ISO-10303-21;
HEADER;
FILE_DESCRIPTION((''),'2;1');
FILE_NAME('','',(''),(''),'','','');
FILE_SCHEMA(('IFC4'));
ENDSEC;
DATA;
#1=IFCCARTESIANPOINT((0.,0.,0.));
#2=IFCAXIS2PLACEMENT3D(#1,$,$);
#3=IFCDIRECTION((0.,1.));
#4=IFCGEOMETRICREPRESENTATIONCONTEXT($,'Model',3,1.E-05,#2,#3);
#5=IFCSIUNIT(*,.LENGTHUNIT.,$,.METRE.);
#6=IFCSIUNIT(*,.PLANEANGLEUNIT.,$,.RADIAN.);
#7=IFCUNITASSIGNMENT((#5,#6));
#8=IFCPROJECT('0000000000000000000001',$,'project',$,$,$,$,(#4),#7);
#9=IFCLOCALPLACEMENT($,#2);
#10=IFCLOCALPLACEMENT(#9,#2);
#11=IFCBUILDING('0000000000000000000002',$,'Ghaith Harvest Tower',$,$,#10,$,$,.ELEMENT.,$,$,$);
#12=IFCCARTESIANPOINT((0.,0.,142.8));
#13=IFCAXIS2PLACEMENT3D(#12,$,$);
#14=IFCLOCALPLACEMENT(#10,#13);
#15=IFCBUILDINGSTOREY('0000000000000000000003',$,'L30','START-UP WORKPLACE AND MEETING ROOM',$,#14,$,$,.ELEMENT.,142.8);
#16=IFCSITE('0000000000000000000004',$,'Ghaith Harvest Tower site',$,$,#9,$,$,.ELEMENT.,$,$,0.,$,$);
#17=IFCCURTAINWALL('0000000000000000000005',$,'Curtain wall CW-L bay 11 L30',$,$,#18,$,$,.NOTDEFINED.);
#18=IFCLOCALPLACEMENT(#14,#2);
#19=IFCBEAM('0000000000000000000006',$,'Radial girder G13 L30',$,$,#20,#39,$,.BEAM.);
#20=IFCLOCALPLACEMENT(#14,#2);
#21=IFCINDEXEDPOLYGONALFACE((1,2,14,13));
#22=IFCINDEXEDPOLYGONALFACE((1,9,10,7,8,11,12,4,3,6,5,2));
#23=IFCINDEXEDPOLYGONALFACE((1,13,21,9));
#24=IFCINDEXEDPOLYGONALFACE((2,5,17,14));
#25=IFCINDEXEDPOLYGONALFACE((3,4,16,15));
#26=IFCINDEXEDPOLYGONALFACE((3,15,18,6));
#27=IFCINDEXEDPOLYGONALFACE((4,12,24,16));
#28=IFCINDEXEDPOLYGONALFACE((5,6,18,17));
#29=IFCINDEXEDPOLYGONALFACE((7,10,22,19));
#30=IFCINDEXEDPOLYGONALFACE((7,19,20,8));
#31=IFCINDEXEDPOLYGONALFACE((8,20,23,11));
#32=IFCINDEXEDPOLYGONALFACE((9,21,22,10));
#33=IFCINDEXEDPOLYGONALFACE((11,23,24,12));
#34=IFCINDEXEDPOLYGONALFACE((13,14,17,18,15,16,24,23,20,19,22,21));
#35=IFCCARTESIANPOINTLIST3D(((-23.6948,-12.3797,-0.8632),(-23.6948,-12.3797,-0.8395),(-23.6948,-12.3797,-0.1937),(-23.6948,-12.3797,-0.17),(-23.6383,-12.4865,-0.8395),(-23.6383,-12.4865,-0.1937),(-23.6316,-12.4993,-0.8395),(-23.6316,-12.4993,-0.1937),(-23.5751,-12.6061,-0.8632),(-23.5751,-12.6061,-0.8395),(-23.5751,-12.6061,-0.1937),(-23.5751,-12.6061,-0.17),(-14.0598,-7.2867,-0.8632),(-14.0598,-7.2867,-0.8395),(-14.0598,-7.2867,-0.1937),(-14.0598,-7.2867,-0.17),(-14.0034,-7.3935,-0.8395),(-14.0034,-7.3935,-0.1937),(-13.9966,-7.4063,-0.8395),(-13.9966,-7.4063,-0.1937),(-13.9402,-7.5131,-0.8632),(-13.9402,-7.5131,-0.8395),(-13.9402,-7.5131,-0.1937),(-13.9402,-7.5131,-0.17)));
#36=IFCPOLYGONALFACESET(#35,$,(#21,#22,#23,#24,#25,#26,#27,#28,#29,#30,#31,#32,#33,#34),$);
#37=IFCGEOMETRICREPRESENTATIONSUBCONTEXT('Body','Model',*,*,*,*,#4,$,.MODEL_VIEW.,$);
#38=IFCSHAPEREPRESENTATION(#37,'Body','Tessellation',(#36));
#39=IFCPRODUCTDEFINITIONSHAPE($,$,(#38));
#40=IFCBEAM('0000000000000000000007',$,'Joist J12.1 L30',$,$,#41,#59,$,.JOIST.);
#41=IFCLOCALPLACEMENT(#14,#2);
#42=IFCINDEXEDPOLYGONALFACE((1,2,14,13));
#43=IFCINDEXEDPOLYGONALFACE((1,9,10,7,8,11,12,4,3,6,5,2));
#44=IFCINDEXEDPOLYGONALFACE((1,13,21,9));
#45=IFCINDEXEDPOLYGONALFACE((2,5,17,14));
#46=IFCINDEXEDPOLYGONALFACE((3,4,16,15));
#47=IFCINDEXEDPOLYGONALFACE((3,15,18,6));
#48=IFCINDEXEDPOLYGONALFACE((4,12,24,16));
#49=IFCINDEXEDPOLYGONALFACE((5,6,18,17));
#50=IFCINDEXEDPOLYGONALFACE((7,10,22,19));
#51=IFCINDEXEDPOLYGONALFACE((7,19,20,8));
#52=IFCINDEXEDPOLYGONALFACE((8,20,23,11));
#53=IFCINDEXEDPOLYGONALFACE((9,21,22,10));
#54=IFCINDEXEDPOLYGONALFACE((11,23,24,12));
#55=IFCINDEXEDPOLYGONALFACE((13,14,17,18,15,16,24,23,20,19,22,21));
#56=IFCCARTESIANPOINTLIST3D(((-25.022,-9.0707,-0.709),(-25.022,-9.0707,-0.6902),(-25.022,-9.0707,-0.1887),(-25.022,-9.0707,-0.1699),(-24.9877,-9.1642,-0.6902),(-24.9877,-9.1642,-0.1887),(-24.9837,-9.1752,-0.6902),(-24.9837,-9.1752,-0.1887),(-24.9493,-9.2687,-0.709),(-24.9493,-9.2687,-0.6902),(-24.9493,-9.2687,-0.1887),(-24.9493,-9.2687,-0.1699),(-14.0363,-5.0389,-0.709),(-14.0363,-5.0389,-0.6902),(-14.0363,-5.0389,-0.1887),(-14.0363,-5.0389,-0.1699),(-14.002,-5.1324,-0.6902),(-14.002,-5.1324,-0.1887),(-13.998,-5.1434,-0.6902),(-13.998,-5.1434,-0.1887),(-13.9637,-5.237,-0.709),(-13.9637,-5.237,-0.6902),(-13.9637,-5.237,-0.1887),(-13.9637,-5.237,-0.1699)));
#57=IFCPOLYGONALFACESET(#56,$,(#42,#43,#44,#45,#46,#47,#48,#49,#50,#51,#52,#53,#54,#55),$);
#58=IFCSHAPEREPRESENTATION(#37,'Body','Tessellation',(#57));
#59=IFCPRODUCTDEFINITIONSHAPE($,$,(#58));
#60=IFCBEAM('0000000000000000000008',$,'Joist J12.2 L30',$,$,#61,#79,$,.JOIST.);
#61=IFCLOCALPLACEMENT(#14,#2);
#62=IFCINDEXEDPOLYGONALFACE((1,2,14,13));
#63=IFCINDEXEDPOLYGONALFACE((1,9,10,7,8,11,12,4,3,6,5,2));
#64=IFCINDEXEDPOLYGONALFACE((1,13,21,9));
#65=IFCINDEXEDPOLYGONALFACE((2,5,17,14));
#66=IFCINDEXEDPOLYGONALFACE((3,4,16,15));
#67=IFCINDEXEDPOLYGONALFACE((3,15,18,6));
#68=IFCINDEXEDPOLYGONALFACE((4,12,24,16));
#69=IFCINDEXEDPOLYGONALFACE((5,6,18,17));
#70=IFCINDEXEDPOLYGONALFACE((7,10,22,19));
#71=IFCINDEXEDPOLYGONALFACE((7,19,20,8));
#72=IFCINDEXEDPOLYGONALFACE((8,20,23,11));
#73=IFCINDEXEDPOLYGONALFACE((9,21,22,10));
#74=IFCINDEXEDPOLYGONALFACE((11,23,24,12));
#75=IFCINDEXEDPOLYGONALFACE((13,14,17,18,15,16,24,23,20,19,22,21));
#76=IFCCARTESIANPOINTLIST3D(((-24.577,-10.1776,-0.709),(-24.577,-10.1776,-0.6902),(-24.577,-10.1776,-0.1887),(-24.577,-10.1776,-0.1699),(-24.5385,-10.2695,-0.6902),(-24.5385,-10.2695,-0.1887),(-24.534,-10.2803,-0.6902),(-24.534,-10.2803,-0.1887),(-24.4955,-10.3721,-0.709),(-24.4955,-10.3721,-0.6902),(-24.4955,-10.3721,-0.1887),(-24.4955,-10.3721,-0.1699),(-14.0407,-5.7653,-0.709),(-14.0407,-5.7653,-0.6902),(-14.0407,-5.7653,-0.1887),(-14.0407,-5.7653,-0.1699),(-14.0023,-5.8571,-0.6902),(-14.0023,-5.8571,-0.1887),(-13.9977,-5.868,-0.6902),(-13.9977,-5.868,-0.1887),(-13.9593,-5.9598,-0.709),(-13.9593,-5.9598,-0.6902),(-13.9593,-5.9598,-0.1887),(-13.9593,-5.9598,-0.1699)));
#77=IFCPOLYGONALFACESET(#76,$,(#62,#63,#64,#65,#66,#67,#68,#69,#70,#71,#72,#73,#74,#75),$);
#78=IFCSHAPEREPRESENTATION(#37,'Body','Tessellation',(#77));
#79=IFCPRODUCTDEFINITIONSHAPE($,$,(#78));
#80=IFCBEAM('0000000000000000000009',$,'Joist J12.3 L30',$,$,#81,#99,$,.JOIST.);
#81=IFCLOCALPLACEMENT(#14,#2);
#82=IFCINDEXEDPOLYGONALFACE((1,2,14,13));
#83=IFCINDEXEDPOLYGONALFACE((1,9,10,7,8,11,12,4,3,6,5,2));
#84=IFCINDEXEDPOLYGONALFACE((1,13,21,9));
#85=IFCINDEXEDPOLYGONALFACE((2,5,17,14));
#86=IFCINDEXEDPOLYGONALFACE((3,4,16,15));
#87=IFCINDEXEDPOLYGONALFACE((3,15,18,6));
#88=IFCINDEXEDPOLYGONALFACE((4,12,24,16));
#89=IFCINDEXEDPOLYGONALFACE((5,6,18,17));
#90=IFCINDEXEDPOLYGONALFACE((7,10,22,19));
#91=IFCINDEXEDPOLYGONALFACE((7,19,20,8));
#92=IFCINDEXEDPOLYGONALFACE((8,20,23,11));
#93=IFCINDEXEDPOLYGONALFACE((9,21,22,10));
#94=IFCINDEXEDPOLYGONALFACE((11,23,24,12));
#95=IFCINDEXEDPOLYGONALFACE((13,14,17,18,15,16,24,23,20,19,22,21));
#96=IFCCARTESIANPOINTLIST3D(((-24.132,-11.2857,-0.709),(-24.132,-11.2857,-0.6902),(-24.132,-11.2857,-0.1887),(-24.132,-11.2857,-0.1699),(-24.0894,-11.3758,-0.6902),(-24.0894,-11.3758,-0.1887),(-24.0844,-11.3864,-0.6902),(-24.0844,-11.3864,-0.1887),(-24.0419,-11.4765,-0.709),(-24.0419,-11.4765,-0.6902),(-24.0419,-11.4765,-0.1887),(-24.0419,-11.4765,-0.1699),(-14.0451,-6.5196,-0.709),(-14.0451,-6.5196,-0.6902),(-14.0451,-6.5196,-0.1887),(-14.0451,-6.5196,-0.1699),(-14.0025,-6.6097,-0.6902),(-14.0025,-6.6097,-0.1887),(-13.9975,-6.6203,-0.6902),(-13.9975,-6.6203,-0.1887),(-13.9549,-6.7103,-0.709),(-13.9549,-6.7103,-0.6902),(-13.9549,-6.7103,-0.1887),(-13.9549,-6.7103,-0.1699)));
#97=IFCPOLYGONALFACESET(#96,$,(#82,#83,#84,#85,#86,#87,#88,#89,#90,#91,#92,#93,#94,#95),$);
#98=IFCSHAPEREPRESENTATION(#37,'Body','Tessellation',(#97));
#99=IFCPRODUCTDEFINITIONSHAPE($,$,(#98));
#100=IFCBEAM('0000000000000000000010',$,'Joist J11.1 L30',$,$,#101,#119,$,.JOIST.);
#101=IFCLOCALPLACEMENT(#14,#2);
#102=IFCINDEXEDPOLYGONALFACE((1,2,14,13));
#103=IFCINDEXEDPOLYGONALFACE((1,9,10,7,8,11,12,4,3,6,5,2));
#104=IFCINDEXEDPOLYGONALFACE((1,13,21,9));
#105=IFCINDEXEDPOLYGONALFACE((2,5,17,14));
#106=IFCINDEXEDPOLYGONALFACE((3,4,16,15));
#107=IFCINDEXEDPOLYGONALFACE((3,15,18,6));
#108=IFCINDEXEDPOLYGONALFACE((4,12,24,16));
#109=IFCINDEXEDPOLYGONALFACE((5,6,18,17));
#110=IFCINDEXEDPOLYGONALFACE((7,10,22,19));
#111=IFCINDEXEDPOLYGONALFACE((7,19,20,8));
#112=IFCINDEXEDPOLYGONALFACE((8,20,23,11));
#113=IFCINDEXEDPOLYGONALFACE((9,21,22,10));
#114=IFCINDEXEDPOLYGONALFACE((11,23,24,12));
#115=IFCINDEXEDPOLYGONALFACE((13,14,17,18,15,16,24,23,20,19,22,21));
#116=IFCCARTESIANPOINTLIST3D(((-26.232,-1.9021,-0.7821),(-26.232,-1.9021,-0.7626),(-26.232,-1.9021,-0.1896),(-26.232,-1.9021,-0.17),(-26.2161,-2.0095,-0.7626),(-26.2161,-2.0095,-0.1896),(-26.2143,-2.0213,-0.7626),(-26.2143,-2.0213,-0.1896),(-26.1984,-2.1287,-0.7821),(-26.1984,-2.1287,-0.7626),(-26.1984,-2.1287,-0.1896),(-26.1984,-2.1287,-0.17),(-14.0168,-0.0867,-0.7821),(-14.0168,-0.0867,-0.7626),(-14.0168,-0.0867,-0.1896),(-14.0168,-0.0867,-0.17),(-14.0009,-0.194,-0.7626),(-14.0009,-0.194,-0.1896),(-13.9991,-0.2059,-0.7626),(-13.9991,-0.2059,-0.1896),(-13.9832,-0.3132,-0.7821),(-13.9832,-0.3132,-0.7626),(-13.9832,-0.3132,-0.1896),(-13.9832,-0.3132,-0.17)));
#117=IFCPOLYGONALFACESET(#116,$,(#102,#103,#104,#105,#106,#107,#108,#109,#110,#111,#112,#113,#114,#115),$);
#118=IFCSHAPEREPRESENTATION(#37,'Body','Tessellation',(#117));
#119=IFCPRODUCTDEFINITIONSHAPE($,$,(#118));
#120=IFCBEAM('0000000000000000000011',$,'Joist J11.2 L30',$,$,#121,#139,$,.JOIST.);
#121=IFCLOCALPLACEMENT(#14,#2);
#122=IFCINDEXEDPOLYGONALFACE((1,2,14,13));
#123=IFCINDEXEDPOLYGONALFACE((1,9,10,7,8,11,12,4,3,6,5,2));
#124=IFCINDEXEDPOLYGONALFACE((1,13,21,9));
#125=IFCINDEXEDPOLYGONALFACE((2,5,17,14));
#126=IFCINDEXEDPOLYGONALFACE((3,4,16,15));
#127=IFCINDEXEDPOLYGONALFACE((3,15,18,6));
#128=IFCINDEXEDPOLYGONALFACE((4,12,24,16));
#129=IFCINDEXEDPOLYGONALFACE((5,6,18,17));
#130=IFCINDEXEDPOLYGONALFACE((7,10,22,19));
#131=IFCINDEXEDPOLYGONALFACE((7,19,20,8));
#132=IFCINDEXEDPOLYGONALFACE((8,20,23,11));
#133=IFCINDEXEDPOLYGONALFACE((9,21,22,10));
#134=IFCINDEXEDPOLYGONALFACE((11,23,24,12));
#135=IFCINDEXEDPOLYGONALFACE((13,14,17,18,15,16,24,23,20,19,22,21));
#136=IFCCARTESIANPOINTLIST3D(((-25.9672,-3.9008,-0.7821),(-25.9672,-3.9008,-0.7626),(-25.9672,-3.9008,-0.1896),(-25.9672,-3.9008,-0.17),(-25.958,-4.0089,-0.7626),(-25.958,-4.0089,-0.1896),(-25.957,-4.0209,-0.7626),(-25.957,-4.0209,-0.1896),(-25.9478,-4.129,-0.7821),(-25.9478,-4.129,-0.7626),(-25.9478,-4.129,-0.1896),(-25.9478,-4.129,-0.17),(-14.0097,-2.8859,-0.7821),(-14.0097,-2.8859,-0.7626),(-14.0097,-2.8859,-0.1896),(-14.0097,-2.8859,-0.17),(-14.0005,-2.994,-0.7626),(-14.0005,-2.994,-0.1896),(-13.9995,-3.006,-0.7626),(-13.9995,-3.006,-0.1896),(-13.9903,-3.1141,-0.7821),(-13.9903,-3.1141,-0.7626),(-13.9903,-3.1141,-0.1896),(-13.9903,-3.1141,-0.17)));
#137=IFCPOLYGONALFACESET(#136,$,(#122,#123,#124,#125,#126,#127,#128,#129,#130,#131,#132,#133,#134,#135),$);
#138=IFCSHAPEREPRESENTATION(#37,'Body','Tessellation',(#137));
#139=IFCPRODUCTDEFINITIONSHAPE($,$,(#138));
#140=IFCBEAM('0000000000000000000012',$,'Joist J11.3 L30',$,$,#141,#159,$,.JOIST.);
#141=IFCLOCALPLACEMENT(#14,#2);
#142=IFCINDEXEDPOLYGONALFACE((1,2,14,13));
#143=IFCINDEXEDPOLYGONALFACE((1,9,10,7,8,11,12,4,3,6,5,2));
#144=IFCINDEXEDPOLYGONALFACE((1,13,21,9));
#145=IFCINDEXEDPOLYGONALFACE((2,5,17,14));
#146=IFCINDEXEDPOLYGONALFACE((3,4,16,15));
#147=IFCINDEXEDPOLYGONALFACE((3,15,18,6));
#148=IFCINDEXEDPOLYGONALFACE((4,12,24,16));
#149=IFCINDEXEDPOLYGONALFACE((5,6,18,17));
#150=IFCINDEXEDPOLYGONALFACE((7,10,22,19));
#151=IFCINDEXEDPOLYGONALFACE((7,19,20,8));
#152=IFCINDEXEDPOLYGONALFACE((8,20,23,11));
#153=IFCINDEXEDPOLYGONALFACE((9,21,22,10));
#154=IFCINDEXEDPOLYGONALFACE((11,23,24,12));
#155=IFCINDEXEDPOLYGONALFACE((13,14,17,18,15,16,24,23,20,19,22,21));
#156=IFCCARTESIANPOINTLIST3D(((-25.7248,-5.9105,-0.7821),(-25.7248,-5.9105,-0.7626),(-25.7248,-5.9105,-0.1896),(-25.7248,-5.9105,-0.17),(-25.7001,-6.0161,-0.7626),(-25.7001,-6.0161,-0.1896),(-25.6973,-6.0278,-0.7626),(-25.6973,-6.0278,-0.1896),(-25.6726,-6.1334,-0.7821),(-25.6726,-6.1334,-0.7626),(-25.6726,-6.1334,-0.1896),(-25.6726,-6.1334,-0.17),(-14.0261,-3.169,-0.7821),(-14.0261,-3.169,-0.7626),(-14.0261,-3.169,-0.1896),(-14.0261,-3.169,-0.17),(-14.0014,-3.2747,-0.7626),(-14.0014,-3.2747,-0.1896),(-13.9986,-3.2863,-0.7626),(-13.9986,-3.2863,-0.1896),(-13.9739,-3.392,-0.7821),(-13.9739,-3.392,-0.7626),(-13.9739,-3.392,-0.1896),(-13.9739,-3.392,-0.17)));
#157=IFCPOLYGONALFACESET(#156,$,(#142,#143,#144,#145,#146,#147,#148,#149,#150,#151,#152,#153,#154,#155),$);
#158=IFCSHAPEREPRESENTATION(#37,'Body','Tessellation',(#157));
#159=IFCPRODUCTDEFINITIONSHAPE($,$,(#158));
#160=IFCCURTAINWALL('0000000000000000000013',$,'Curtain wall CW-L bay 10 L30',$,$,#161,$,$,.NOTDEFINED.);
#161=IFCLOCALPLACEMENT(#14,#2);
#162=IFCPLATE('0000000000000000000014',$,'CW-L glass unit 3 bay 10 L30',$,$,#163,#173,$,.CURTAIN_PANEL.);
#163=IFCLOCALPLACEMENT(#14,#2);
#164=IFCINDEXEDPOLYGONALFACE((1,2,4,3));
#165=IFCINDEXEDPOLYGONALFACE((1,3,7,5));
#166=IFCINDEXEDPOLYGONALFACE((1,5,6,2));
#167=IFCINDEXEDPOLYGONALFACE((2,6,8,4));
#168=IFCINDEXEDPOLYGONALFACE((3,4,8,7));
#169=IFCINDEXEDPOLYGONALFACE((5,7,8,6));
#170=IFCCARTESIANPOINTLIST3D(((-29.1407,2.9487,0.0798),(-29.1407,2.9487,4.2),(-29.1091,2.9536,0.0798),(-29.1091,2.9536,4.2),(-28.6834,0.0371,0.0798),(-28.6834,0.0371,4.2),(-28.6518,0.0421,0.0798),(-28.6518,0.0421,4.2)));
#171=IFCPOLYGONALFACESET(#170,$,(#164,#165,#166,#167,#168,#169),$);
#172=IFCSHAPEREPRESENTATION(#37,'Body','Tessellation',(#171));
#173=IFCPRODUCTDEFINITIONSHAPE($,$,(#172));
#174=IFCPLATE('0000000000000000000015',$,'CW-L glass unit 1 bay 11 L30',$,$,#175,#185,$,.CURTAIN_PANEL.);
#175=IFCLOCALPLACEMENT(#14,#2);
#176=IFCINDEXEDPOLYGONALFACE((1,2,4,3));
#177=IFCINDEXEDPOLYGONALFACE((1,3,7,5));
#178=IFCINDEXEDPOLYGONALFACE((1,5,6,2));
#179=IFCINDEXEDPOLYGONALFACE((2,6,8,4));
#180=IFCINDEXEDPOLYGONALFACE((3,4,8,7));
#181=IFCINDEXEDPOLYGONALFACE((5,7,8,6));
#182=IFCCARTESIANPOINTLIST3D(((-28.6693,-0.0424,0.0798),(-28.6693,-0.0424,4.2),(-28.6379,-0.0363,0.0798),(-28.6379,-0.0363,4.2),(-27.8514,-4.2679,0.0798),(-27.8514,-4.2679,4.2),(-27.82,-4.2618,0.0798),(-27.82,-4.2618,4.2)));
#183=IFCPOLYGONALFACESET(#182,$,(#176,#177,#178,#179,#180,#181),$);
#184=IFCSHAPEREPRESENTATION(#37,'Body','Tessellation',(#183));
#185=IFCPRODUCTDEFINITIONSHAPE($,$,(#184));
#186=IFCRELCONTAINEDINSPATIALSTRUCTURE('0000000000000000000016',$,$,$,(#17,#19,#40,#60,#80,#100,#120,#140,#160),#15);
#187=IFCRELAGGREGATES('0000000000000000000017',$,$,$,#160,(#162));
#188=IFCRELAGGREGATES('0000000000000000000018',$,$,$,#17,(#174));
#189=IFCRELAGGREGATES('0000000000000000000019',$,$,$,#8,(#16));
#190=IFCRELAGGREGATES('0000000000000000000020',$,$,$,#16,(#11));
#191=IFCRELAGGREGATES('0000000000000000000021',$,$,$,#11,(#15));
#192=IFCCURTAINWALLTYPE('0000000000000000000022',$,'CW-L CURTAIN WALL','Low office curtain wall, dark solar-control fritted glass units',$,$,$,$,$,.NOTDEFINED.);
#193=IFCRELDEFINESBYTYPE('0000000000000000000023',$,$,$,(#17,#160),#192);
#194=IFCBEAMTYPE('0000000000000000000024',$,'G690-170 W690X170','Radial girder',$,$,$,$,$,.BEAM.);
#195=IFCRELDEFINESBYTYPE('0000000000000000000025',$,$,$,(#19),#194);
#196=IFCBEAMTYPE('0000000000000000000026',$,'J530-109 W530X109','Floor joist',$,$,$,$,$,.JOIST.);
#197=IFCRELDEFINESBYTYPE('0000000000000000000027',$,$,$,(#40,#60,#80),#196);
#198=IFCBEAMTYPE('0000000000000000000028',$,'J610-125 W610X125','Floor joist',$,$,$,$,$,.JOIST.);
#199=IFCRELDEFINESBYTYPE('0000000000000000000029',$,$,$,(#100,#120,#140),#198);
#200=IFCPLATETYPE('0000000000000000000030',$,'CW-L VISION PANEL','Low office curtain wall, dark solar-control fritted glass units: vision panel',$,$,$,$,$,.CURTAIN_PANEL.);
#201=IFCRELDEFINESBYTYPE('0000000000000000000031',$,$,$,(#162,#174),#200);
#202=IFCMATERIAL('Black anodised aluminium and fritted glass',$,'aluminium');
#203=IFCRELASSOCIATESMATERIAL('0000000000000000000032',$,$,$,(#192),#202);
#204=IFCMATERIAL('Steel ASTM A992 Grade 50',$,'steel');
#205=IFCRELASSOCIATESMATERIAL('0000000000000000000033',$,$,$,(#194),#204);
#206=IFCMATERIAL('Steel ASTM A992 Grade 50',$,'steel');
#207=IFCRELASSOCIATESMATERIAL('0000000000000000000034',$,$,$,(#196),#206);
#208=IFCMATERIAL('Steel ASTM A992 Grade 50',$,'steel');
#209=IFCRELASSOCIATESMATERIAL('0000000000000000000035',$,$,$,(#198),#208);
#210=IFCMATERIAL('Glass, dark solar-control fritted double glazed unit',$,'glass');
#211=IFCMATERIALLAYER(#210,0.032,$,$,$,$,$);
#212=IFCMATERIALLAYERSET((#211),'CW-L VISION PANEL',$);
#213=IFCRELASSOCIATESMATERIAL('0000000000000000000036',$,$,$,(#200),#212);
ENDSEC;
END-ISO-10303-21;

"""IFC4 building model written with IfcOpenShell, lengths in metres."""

from ifc_helpers import new_model, si_unit, direction, frame, origin, origin_2d, place, context, subcontext, project, spatial, rectangle, i_section, extrude, material, layer, layer_set, material_profile, profile_set, type_object, element, aggregate, save


model = new_model("IFC4")

# Units and contexts
model_context = context("Model", 3, precision=1e-05, world=origin(), true_north=direction((0.0, 1.0)))
body_context = subcontext(model_context, "Body", "Model", "MODEL_VIEW")
ifc_project = project(units=[si_unit("LENGTHUNIT", "METRE"), si_unit("PLANEANGLEUNIT", "RADIAN")], contexts=[model_context])

# Site, building, storey
site_placement = place(None, origin())
site = spatial("IfcSite", under=ifc_project, at=site_placement, Name="Ghaith Harvest Tower site", CompositionType="ELEMENT", RefElevation=0.0)
building_placement = place(site_placement, origin())
building = spatial("IfcBuilding", under=site, at=building_placement, Name="Ghaith Harvest Tower", CompositionType="ELEMENT")
storey_placement = place(building_placement, frame((0.0, 0.0, 142.8)))
storey = spatial("IfcBuildingStorey", under=building, at=storey_placement, Name="L30", Description="START-UP WORKPLACE AND MEETING ROOM", CompositionType="ELEMENT", Elevation=142.8)

# Curtain wall
ifc_material_1 = material(Name="Black anodised aluminium and fritted glass", Category="aluminium")
curtain_wall_type = type_object("IfcCurtainWallType", Name="CW-L CURTAIN WALL", Description="Low office curtain wall, dark solar-control fritted glass units", PredefinedType="NOTDEFINED", material=ifc_material_1)
curtain_wall_1_placement = place(storey_placement, origin())
curtain_wall_1 = element("IfcCurtainWall", 1, at=curtain_wall_1_placement, inside=storey, type_object=curtain_wall_type, Name="Curtain wall CW-L bay 11 L30", PredefinedType="NOTDEFINED")

# Beams
ifc_material_2 = material(Name="Steel ASTM A992 Grade 50", Category="steel")
ifc_material_profile_1 = material_profile(ifc_material_2, i_section(OverallWidth=0.2561, OverallDepth=0.6931, WebThickness=0.0144, FlangeThickness=0.0237, at=origin_2d()), Name="W690X170")
ifc_profile_set_1 = profile_set([ifc_material_profile_1], Name="Steel ASTM A992 Grade 50")
beam_type_1 = type_object("IfcBeamType", Name="G690-170 W690X170", Description="Radial girder", PredefinedType="BEAM", material=ifc_profile_set_1)
beam_1_placement = place(storey_placement, frame((-14.0, -7.3999, -0.5166), z_axis=(-0.884086, -0.467324, 0.0), x_axis=(0.467324, -0.884086, 0.0)))
element("IfcBeam", 2, at=beam_1_placement, inside=storey, type_object=beam_type_1, Name="Radial girder G13 L30", PredefinedType="BEAM", context=body_context, shape_type="SweptSolid", body=[
    extrude(i_section(OverallWidth=0.2561, OverallDepth=0.6931, WebThickness=0.0144, FlangeThickness=0.0237, at=origin_2d()), origin(), (0.0, 0.0, 1.0), 10.8982),
])
ifc_material_3 = material(Name="Steel ASTM A992 Grade 50", Category="steel")
ifc_material_profile_2 = material_profile(ifc_material_3, i_section(OverallWidth=0.2109, OverallDepth=0.5391, WebThickness=0.0117, FlangeThickness=0.0188, at=origin_2d()), Name="W530X109")
ifc_profile_set_2 = profile_set([ifc_material_profile_2], Name="Steel ASTM A992 Grade 50")
beam_type_2 = type_object("IfcBeamType", Name="J530-109 W530X109", Description="Floor joist", PredefinedType="JOIST", material=ifc_profile_set_2)
beam_2_placement = place(storey_placement, frame((-14.0, -5.1379, -0.4395), z_axis=(-0.938774, -0.344532, 0.0), x_axis=(0.344532, -0.938774, 0.0)))
element("IfcBeam", 3, at=beam_2_placement, inside=storey, type_object=beam_type_2, Name="Joist J12.1 L30", PredefinedType="JOIST", context=body_context, shape_type="SweptSolid", body=[
    extrude(i_section(OverallWidth=0.2109, OverallDepth=0.5391, WebThickness=0.0117, FlangeThickness=0.0188, at=origin_2d()), origin(), (0.0, 0.0, 1.0), 11.7021),
])
beam_3_placement = place(storey_placement, frame((-14.0, -5.8625, -0.4395), z_axis=(-0.922386, -0.38627, 0.0), x_axis=(0.38627, -0.922386, 0.0)))
element("IfcBeam", 4, at=beam_3_placement, inside=storey, type_object=beam_type_2, Name="Joist J12.2 L30", PredefinedType="JOIST", context=body_context, shape_type="SweptSolid", body=[
    extrude(i_section(OverallWidth=0.2109, OverallDepth=0.5391, WebThickness=0.0117, FlangeThickness=0.0188, at=origin_2d()), origin(), (0.0, 0.0, 1.0), 11.4229),
])
beam_4_placement = place(storey_placement, frame((-14.0, -6.615, -0.4395), z_axis=(-0.90415, -0.427215, 0.0), x_axis=(0.427215, -0.90415, 0.0)))
element("IfcBeam", 5, at=beam_4_placement, inside=storey, type_object=beam_type_2, Name="Joist J12.3 L30", PredefinedType="JOIST", context=body_context, shape_type="SweptSolid", body=[
    extrude(i_section(OverallWidth=0.2109, OverallDepth=0.5391, WebThickness=0.0117, FlangeThickness=0.0188, at=origin_2d()), origin(), (0.0, 0.0, 1.0), 11.1562),
])
ifc_material_4 = material(Name="Steel ASTM A992 Grade 50", Category="steel")
ifc_material_profile_3 = material_profile(ifc_material_4, i_section(OverallWidth=0.229, OverallDepth=0.6121, WebThickness=0.012, FlangeThickness=0.0195, at=origin_2d()), Name="W610X125")
ifc_profile_set_3 = profile_set([ifc_material_profile_3], Name="Steel ASTM A992 Grade 50")
beam_type_3 = type_object("IfcBeamType", Name="J610-125 W610X125", Description="Floor joist", PredefinedType="JOIST", material=ifc_profile_set_3)
beam_5_placement = place(storey_placement, frame((-14.0, -0.2, -0.4761), z_axis=(-0.989135, -0.147007, 0.0), x_axis=(0.147007, -0.989135, 0.0)))
element("IfcBeam", 6, at=beam_5_placement, inside=storey, type_object=beam_type_3, Name="Joist J11.1 L30", PredefinedType="JOIST", context=body_context, shape_type="SweptSolid", body=[
    extrude(i_section(OverallWidth=0.229, OverallDepth=0.6121, WebThickness=0.012, FlangeThickness=0.0195, at=origin_2d()), origin(), (0.0, 0.0, 1.0), 12.3494),
])
beam_6_placement = place(storey_placement, frame((-14.0, -3.0, -0.4761), z_axis=(-0.996417, -0.084571, 0.0), x_axis=(0.084571, -0.996417, 0.0)))
element("IfcBeam", 7, at=beam_6_placement, inside=storey, type_object=beam_type_3, Name="Joist J11.2 L30", PredefinedType="JOIST", context=body_context, shape_type="SweptSolid", body=[
    extrude(i_section(OverallWidth=0.229, OverallDepth=0.6121, WebThickness=0.012, FlangeThickness=0.0195, at=origin_2d()), origin(), (0.0, 0.0, 1.0), 12.0005),
])
beam_7_placement = place(storey_placement, frame((-14.0, -3.2805, -0.4761), z_axis=(-0.973624, -0.228157, 0.0), x_axis=(0.228157, -0.973624, 0.0)))
element("IfcBeam", 8, at=beam_7_placement, inside=storey, type_object=beam_type_3, Name="Joist J11.3 L30", PredefinedType="JOIST", context=body_context, shape_type="SweptSolid", body=[
    extrude(i_section(OverallWidth=0.229, OverallDepth=0.6121, WebThickness=0.012, FlangeThickness=0.0195, at=origin_2d()), origin(), (0.0, 0.0, 1.0), 12.0156),
])

# Curtain wall, plate
curtain_wall_2_placement = place(storey_placement, origin())
curtain_wall_2 = element("IfcCurtainWall", 9, at=curtain_wall_2_placement, inside=storey, type_object=curtain_wall_type, Name="Curtain wall CW-L bay 10 L30", PredefinedType="NOTDEFINED")
ifc_material_5 = material(Name="Glass, dark solar-control fritted double glazed unit", Category="glass")
ifc_layer_1 = layer(ifc_material_5, 0.032)
ifc_layer_set_1 = layer_set([ifc_layer_1], Name="CW-L VISION PANEL")
plate_type_1 = type_object("IfcPlateType", Name="CW-L VISION PANEL", Description="Low office curtain wall, dark solar-control fritted glass units: vision panel", PredefinedType="CURTAIN_PANEL", material=ifc_layer_set_1)
plate_1_placement = place(storey_placement, frame((-28.8962, 1.4954, 0.0798), z_axis=(0.0, 0.0, 1.0), x_axis=(0.155172, -0.987887, 0.0)))
plate_1 = element("IfcPlate", 10, at=plate_1_placement, type_object=plate_type_1, Name="CW-L glass unit 3 bay 10 L30", PredefinedType="CURTAIN_PANEL", context=body_context, shape_type="SweptSolid", body=[
    extrude(rectangle(XDim=2.9473, YDim=0.032, at=origin_2d()), origin(), (0.0, 0.0, 1.0), 4.1201),
])
aggregate(curtain_wall_2, [plate_1])

# Plate
plate_2_placement = place(storey_placement, frame((-28.2446, -2.1521, 0.0798), z_axis=(0.0, 0.0, 1.0), x_axis=(0.190045, -0.981775, 0.0)))
plate_2 = element("IfcPlate", 11, at=plate_2_placement, type_object=plate_type_1, Name="CW-L glass unit 1 bay 11 L30", PredefinedType="CURTAIN_PANEL", context=body_context, shape_type="SweptSolid", body=[
    extrude(rectangle(XDim=4.304, YDim=0.032, at=origin_2d()), origin(), (0.0, 0.0, 1.0), 4.1201),
])
aggregate(curtain_wall_1, [plate_2])

save(model, "model.ifc")
